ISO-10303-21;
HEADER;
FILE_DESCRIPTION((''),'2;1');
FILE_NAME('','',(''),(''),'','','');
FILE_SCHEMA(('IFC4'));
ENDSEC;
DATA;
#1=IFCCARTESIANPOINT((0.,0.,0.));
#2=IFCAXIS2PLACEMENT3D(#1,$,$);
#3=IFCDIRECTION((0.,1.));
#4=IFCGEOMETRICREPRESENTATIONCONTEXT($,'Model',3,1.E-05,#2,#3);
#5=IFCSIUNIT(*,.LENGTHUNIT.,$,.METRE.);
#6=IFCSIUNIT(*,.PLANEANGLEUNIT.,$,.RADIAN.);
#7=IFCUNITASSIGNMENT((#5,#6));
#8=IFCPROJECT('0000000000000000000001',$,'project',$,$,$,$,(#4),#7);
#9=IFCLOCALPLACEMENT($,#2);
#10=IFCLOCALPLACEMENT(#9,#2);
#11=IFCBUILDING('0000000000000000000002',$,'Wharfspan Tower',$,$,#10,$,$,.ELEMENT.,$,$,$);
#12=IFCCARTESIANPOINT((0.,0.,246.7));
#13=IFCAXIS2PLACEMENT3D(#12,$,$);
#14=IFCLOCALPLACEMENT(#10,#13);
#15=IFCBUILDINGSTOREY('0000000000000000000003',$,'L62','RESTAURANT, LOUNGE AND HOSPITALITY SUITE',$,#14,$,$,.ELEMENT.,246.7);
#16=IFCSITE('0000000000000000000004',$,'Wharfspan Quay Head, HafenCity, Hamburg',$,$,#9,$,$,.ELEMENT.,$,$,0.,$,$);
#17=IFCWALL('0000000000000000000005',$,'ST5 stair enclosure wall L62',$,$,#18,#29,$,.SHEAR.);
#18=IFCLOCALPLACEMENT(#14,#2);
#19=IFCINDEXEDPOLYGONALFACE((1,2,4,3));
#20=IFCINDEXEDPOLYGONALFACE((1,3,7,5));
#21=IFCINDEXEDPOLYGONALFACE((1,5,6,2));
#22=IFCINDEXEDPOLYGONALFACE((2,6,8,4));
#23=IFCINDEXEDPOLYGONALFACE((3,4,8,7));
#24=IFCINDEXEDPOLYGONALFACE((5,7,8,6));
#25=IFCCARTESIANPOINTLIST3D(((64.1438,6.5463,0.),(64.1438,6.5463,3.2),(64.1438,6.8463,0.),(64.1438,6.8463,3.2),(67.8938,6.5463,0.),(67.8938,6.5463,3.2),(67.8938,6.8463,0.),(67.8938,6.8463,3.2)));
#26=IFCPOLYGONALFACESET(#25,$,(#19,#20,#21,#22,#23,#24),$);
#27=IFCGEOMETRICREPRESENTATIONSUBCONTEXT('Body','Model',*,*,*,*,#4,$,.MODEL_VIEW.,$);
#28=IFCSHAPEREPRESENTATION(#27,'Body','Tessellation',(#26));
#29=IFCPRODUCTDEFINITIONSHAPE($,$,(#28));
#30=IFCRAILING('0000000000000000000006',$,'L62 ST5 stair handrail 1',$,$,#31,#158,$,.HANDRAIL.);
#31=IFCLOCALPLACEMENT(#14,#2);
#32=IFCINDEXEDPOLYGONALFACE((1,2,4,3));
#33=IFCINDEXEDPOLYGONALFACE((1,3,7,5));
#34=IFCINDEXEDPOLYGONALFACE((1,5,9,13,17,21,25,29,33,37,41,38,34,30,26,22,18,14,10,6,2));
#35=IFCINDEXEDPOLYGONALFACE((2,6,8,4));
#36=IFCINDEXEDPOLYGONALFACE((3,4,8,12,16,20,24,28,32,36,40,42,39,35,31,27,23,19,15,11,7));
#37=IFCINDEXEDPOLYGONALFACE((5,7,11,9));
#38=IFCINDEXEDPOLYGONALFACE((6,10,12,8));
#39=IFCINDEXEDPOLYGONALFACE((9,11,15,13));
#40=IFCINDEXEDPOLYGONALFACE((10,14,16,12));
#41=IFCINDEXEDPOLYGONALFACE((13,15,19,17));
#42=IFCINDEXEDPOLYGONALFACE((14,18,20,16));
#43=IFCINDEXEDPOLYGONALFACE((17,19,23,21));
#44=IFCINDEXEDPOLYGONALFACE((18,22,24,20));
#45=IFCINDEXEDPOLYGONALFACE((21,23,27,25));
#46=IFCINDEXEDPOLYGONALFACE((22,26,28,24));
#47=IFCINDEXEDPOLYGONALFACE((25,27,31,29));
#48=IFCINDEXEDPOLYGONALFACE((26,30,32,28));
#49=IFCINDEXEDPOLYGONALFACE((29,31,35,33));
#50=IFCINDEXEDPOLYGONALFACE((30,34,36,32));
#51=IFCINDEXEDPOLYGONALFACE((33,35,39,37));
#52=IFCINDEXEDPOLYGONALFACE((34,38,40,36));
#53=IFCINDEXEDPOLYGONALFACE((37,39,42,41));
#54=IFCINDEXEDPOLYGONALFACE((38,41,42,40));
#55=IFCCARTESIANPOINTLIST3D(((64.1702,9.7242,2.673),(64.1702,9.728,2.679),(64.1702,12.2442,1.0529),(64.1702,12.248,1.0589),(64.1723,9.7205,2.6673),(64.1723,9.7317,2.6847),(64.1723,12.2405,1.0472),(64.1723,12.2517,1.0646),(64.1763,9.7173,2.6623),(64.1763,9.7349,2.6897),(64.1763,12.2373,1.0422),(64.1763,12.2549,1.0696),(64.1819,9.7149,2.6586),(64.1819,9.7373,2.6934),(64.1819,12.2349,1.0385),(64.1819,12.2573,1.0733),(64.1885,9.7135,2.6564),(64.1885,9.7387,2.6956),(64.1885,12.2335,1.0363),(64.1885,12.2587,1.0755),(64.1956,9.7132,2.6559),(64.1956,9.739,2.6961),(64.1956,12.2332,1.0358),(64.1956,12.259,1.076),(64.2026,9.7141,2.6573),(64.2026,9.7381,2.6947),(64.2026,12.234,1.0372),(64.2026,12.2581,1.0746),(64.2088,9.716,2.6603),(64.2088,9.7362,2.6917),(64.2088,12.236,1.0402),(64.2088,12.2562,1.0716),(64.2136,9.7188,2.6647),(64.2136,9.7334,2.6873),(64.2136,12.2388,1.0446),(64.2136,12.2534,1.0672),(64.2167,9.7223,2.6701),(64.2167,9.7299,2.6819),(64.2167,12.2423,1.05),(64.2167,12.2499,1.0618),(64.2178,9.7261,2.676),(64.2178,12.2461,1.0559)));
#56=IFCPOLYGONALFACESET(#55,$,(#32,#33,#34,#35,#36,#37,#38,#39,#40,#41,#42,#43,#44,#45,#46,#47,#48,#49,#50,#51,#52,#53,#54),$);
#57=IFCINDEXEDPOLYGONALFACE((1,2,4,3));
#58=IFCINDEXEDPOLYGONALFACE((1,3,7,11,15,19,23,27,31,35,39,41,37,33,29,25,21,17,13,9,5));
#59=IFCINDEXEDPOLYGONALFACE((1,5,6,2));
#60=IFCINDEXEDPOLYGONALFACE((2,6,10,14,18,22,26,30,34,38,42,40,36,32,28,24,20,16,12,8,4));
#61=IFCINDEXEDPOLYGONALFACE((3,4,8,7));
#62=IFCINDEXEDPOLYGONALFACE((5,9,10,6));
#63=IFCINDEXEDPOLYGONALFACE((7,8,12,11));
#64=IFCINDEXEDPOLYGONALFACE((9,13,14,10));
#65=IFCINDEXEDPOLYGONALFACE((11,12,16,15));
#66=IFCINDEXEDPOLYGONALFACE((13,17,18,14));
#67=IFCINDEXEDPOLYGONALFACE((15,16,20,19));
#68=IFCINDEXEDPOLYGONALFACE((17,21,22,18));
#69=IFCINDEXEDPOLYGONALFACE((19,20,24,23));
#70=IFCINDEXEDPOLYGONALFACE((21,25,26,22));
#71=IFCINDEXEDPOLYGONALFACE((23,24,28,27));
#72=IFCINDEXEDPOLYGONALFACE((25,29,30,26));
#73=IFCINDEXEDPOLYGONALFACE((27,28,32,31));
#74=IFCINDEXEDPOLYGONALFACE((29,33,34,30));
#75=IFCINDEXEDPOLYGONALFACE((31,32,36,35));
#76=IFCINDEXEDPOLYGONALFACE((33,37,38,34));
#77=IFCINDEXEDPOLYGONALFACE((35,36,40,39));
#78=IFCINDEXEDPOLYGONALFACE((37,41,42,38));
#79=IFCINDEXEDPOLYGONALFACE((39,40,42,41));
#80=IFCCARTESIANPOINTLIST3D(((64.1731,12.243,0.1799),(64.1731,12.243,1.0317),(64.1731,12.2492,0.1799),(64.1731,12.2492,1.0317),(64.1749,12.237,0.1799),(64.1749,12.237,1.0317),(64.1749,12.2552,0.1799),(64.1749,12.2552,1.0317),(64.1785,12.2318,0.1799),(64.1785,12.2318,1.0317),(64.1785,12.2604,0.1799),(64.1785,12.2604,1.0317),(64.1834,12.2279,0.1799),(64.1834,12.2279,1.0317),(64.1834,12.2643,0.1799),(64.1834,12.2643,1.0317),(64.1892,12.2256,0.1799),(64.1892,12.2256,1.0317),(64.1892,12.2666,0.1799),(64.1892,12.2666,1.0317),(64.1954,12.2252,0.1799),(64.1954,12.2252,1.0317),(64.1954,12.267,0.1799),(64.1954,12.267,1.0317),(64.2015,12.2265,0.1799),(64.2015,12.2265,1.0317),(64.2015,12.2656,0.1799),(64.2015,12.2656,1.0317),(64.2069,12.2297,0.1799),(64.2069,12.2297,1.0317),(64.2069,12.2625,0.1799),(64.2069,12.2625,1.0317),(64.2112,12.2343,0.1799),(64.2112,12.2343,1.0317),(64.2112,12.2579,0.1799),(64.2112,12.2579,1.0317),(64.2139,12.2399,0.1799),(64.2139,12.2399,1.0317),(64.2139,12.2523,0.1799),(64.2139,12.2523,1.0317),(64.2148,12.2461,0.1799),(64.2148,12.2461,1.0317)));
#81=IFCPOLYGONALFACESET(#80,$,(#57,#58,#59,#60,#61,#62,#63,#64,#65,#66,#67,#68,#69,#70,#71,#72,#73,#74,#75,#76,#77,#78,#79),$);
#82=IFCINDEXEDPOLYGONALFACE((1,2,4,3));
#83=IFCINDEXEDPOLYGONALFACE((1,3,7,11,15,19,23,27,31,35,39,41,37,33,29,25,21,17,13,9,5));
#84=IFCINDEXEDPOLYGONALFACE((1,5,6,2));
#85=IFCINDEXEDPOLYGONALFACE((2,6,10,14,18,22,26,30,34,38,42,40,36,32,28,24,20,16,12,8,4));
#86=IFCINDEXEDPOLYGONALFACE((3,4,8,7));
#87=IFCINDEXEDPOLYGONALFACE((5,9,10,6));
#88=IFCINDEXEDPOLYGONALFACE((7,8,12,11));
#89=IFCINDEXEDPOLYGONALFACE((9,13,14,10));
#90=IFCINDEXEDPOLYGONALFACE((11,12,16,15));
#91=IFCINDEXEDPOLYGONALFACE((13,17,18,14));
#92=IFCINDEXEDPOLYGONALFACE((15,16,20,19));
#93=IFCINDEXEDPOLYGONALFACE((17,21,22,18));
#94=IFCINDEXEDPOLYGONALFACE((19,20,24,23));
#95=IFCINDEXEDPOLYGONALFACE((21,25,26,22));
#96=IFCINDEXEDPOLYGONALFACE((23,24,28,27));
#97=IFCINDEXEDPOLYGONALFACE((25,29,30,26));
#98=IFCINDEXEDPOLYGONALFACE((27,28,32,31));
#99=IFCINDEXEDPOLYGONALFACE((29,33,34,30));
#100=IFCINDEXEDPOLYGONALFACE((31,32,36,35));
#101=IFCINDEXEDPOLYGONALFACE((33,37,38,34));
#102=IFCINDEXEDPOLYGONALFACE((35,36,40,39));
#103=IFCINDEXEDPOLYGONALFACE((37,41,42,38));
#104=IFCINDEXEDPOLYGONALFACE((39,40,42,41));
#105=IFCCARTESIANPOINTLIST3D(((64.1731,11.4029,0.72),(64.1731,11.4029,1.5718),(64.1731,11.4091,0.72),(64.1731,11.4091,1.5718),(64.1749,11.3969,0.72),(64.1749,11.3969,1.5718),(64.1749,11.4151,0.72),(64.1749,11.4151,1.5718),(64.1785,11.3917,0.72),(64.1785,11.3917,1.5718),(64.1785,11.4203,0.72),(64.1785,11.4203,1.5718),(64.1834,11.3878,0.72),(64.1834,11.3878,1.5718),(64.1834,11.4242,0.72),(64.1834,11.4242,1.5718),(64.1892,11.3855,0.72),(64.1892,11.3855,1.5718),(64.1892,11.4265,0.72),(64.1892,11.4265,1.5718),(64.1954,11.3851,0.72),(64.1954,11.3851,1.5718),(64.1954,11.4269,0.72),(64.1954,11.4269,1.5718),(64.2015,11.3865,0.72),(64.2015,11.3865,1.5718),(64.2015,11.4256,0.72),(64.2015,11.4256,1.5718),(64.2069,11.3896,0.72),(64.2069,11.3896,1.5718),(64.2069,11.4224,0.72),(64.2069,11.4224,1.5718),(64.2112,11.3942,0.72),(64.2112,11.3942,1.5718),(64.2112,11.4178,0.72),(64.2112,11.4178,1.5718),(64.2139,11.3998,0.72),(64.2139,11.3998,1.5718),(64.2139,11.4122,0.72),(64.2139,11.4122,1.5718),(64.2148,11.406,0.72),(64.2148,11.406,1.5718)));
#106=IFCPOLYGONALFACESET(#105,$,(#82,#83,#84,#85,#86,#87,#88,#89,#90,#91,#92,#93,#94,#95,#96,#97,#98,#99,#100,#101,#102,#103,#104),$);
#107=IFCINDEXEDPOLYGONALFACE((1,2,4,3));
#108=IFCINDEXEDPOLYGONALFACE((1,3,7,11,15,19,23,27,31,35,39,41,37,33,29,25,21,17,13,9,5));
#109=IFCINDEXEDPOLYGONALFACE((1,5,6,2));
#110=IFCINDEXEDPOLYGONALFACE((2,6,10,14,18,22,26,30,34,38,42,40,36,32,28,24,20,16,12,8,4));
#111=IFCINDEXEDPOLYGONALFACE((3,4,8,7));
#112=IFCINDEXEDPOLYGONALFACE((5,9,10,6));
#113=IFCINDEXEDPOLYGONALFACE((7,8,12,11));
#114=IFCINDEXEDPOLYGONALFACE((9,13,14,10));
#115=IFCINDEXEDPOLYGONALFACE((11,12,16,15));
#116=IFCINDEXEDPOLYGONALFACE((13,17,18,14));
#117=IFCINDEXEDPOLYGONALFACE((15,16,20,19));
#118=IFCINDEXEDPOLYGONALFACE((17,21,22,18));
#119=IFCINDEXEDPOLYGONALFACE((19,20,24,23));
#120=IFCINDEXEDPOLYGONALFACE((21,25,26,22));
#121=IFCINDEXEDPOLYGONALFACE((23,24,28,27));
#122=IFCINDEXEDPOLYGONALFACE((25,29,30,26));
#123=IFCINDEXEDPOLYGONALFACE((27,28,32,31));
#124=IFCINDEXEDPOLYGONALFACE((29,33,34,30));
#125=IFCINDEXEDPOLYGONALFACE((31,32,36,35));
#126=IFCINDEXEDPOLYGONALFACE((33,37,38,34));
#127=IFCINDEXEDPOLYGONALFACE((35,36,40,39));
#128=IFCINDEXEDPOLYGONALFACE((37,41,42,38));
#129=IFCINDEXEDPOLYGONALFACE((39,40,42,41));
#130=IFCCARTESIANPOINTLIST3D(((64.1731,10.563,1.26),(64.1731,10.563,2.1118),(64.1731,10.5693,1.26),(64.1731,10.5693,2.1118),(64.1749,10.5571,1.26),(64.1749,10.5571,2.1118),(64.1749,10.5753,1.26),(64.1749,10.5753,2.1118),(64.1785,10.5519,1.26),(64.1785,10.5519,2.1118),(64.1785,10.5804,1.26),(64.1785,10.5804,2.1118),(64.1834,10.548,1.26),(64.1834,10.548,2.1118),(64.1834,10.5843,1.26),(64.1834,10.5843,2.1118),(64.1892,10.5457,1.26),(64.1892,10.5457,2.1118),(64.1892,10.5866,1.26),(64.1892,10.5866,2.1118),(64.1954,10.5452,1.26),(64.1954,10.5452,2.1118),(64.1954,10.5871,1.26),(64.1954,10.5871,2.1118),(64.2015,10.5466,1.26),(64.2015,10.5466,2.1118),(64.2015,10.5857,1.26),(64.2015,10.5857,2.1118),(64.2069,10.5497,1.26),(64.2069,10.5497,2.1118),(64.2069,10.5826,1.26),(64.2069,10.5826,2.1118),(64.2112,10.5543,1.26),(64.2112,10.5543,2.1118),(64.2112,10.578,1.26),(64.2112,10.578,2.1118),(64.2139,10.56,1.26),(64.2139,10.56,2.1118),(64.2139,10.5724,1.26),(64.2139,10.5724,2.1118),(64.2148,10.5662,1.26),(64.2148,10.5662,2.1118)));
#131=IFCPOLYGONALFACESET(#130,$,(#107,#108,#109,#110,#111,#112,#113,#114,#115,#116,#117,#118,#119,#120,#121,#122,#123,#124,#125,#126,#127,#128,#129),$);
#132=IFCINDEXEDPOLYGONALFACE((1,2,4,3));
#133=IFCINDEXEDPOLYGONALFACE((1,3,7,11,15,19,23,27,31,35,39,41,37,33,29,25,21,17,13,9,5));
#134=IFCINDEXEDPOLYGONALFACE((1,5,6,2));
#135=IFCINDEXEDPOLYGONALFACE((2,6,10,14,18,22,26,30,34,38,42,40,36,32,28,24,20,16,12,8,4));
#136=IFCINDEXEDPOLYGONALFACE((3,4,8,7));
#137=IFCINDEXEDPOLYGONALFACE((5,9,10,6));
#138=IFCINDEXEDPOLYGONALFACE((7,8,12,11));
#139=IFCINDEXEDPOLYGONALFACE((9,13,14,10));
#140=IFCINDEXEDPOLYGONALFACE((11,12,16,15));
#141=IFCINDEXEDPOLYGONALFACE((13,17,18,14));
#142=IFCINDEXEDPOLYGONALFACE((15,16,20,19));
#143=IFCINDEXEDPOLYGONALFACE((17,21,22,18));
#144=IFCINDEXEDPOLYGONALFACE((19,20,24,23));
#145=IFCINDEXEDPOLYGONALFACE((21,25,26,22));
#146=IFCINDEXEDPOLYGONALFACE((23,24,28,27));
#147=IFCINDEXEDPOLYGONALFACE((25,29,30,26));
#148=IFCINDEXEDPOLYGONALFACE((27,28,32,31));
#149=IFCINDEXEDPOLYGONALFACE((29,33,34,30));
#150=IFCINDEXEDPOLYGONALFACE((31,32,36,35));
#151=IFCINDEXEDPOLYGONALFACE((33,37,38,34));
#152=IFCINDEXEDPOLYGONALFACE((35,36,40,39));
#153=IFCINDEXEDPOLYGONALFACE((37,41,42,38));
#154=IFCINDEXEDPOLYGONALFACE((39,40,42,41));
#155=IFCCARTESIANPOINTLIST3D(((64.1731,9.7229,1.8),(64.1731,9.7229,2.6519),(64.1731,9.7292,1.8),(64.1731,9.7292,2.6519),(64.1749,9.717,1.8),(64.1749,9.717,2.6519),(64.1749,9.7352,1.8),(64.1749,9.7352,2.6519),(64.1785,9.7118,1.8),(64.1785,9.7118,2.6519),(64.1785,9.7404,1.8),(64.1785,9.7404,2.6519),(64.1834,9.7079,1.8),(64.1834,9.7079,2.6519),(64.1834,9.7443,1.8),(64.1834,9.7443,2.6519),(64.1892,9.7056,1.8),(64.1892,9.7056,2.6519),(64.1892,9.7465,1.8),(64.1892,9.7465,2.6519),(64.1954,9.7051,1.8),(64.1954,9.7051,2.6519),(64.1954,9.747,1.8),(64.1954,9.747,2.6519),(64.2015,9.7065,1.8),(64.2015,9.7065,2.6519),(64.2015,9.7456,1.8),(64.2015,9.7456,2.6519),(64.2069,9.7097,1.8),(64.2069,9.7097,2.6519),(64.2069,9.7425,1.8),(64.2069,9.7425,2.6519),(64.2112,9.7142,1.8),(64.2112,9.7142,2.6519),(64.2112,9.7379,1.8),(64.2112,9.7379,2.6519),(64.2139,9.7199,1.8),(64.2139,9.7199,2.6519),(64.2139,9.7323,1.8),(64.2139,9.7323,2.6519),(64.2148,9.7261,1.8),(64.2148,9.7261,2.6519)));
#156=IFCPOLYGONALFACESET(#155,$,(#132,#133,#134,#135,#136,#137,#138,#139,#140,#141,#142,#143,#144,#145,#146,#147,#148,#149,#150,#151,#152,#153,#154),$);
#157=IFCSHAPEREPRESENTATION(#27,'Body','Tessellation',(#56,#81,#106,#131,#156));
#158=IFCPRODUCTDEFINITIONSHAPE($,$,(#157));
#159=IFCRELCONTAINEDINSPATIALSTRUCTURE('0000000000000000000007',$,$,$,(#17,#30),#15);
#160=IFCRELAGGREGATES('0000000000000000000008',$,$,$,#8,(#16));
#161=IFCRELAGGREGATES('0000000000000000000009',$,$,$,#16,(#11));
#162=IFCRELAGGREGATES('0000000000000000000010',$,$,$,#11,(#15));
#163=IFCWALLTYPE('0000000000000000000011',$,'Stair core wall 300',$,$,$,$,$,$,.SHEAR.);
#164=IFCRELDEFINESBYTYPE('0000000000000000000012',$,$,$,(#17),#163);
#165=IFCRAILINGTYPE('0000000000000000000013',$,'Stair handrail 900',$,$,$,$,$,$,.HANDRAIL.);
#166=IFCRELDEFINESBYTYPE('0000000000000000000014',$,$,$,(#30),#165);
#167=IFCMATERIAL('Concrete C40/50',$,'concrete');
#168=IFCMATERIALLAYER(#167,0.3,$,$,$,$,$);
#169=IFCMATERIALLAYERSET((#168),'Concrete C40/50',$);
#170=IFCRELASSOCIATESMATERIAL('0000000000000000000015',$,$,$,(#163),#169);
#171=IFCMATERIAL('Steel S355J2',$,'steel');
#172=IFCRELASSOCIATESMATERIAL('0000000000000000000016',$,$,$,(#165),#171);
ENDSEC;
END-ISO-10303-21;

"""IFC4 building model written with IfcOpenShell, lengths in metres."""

from ifc_helpers import new_model, si_unit, direction, frame, frame_2d, origin, origin_2d, place, context, subcontext, project, spatial, rectangle, circle, extrude, material, layer, layer_set, type_object, element, save


model = new_model("IFC4")

# Units and contexts
model_context = context("Model", 3, precision=1e-05, world=origin(), true_north=direction((0.0, 1.0)))
body_context = subcontext(model_context, "Body", "Model", "MODEL_VIEW")
ifc_project = project(units=[si_unit("LENGTHUNIT", "METRE"), si_unit("PLANEANGLEUNIT", "RADIAN")], contexts=[model_context])

# Site, building, storey
site_placement = place(None, origin())
site = spatial("IfcSite", under=ifc_project, at=site_placement, Name="Wharfspan Quay Head, HafenCity, Hamburg", CompositionType="ELEMENT", RefElevation=0.0)
building_placement = place(site_placement, origin())
building = spatial("IfcBuilding", under=site, at=building_placement, Name="Wharfspan Tower", CompositionType="ELEMENT")
storey_placement = place(building_placement, frame((0.0, 0.0, 246.7)))
storey = spatial("IfcBuildingStorey", under=building, at=storey_placement, Name="L62", Description="RESTAURANT, LOUNGE AND HOSPITALITY SUITE", CompositionType="ELEMENT", Elevation=246.7)

# Shared definitions
ifc_material_1 = material(Name="Steel S355J2", Category="steel")

# Shared definitions
ifc_material_2 = material(Name="Concrete C40/50", Category="concrete")
ifc_layer_1 = layer(ifc_material_2, 0.3)
ifc_layer_set_1 = layer_set([ifc_layer_1], Name="Concrete C40/50")
wall_type_1 = type_object("IfcWallType", Name="Stair core wall 300", PredefinedType="SHEAR", material=ifc_layer_set_1)

# Wall
wall_1_placement = place(storey_placement, frame((64.1438, 6.6963, 0.0), z_axis=(0.0, 0.0, 1.0), x_axis=(1.0, 0.0, 0.0)))
element("IfcWall", 1, at=wall_1_placement, inside=storey, type_object=wall_type_1, Name="ST5 stair enclosure wall L62", PredefinedType="SHEAR", context=body_context, shape_type="SweptSolid", body=[
    extrude(rectangle(XDim=3.75, YDim=0.3, at=frame_2d((1.875, 0.0))), origin(), (0.0, 0.0, 1.0), 3.2),
])

# Railing
railing_type = type_object("IfcRailingType", Name="Stair handrail 900", PredefinedType="HANDRAIL", material=ifc_material_1)
railing_placement = place(storey_placement, frame((64.1938, 12.2461, 0.1799)))
element("IfcRailing", 2, at=railing_placement, inside=storey, type_object=railing_type, Name="L62 ST5 stair handrail 1", PredefinedType="HANDRAIL", context=body_context, shape_type="SweptSolid", body=[
    extrude(circle(Radius=0.0239, at=origin_2d()), frame((0.0, 0.0, 0.876), z_axis=(0.0, -0.841163, 0.540782), x_axis=(1.0, 0.0, 0.0)), (0.0, 0.0, 1.0), 2.9958),
    extrude(circle(Radius=0.021, at=origin_2d()), origin(), (0.0, 0.0, 1.0), 0.8518),
    extrude(circle(Radius=0.021, at=origin_2d()), frame((0.0, -0.8401, 0.54)), (0.0, 0.0, 1.0), 0.8518),
    extrude(circle(Radius=0.021, at=origin_2d()), frame((0.0, -1.6799, 1.0801)), (0.0, 0.0, 1.0), 0.8518),
    extrude(circle(Radius=0.021, at=origin_2d()), frame((0.0, -2.52, 1.6201)), (0.0, 0.0, 1.0), 0.8518),
])

save(model, "model.ifc")
